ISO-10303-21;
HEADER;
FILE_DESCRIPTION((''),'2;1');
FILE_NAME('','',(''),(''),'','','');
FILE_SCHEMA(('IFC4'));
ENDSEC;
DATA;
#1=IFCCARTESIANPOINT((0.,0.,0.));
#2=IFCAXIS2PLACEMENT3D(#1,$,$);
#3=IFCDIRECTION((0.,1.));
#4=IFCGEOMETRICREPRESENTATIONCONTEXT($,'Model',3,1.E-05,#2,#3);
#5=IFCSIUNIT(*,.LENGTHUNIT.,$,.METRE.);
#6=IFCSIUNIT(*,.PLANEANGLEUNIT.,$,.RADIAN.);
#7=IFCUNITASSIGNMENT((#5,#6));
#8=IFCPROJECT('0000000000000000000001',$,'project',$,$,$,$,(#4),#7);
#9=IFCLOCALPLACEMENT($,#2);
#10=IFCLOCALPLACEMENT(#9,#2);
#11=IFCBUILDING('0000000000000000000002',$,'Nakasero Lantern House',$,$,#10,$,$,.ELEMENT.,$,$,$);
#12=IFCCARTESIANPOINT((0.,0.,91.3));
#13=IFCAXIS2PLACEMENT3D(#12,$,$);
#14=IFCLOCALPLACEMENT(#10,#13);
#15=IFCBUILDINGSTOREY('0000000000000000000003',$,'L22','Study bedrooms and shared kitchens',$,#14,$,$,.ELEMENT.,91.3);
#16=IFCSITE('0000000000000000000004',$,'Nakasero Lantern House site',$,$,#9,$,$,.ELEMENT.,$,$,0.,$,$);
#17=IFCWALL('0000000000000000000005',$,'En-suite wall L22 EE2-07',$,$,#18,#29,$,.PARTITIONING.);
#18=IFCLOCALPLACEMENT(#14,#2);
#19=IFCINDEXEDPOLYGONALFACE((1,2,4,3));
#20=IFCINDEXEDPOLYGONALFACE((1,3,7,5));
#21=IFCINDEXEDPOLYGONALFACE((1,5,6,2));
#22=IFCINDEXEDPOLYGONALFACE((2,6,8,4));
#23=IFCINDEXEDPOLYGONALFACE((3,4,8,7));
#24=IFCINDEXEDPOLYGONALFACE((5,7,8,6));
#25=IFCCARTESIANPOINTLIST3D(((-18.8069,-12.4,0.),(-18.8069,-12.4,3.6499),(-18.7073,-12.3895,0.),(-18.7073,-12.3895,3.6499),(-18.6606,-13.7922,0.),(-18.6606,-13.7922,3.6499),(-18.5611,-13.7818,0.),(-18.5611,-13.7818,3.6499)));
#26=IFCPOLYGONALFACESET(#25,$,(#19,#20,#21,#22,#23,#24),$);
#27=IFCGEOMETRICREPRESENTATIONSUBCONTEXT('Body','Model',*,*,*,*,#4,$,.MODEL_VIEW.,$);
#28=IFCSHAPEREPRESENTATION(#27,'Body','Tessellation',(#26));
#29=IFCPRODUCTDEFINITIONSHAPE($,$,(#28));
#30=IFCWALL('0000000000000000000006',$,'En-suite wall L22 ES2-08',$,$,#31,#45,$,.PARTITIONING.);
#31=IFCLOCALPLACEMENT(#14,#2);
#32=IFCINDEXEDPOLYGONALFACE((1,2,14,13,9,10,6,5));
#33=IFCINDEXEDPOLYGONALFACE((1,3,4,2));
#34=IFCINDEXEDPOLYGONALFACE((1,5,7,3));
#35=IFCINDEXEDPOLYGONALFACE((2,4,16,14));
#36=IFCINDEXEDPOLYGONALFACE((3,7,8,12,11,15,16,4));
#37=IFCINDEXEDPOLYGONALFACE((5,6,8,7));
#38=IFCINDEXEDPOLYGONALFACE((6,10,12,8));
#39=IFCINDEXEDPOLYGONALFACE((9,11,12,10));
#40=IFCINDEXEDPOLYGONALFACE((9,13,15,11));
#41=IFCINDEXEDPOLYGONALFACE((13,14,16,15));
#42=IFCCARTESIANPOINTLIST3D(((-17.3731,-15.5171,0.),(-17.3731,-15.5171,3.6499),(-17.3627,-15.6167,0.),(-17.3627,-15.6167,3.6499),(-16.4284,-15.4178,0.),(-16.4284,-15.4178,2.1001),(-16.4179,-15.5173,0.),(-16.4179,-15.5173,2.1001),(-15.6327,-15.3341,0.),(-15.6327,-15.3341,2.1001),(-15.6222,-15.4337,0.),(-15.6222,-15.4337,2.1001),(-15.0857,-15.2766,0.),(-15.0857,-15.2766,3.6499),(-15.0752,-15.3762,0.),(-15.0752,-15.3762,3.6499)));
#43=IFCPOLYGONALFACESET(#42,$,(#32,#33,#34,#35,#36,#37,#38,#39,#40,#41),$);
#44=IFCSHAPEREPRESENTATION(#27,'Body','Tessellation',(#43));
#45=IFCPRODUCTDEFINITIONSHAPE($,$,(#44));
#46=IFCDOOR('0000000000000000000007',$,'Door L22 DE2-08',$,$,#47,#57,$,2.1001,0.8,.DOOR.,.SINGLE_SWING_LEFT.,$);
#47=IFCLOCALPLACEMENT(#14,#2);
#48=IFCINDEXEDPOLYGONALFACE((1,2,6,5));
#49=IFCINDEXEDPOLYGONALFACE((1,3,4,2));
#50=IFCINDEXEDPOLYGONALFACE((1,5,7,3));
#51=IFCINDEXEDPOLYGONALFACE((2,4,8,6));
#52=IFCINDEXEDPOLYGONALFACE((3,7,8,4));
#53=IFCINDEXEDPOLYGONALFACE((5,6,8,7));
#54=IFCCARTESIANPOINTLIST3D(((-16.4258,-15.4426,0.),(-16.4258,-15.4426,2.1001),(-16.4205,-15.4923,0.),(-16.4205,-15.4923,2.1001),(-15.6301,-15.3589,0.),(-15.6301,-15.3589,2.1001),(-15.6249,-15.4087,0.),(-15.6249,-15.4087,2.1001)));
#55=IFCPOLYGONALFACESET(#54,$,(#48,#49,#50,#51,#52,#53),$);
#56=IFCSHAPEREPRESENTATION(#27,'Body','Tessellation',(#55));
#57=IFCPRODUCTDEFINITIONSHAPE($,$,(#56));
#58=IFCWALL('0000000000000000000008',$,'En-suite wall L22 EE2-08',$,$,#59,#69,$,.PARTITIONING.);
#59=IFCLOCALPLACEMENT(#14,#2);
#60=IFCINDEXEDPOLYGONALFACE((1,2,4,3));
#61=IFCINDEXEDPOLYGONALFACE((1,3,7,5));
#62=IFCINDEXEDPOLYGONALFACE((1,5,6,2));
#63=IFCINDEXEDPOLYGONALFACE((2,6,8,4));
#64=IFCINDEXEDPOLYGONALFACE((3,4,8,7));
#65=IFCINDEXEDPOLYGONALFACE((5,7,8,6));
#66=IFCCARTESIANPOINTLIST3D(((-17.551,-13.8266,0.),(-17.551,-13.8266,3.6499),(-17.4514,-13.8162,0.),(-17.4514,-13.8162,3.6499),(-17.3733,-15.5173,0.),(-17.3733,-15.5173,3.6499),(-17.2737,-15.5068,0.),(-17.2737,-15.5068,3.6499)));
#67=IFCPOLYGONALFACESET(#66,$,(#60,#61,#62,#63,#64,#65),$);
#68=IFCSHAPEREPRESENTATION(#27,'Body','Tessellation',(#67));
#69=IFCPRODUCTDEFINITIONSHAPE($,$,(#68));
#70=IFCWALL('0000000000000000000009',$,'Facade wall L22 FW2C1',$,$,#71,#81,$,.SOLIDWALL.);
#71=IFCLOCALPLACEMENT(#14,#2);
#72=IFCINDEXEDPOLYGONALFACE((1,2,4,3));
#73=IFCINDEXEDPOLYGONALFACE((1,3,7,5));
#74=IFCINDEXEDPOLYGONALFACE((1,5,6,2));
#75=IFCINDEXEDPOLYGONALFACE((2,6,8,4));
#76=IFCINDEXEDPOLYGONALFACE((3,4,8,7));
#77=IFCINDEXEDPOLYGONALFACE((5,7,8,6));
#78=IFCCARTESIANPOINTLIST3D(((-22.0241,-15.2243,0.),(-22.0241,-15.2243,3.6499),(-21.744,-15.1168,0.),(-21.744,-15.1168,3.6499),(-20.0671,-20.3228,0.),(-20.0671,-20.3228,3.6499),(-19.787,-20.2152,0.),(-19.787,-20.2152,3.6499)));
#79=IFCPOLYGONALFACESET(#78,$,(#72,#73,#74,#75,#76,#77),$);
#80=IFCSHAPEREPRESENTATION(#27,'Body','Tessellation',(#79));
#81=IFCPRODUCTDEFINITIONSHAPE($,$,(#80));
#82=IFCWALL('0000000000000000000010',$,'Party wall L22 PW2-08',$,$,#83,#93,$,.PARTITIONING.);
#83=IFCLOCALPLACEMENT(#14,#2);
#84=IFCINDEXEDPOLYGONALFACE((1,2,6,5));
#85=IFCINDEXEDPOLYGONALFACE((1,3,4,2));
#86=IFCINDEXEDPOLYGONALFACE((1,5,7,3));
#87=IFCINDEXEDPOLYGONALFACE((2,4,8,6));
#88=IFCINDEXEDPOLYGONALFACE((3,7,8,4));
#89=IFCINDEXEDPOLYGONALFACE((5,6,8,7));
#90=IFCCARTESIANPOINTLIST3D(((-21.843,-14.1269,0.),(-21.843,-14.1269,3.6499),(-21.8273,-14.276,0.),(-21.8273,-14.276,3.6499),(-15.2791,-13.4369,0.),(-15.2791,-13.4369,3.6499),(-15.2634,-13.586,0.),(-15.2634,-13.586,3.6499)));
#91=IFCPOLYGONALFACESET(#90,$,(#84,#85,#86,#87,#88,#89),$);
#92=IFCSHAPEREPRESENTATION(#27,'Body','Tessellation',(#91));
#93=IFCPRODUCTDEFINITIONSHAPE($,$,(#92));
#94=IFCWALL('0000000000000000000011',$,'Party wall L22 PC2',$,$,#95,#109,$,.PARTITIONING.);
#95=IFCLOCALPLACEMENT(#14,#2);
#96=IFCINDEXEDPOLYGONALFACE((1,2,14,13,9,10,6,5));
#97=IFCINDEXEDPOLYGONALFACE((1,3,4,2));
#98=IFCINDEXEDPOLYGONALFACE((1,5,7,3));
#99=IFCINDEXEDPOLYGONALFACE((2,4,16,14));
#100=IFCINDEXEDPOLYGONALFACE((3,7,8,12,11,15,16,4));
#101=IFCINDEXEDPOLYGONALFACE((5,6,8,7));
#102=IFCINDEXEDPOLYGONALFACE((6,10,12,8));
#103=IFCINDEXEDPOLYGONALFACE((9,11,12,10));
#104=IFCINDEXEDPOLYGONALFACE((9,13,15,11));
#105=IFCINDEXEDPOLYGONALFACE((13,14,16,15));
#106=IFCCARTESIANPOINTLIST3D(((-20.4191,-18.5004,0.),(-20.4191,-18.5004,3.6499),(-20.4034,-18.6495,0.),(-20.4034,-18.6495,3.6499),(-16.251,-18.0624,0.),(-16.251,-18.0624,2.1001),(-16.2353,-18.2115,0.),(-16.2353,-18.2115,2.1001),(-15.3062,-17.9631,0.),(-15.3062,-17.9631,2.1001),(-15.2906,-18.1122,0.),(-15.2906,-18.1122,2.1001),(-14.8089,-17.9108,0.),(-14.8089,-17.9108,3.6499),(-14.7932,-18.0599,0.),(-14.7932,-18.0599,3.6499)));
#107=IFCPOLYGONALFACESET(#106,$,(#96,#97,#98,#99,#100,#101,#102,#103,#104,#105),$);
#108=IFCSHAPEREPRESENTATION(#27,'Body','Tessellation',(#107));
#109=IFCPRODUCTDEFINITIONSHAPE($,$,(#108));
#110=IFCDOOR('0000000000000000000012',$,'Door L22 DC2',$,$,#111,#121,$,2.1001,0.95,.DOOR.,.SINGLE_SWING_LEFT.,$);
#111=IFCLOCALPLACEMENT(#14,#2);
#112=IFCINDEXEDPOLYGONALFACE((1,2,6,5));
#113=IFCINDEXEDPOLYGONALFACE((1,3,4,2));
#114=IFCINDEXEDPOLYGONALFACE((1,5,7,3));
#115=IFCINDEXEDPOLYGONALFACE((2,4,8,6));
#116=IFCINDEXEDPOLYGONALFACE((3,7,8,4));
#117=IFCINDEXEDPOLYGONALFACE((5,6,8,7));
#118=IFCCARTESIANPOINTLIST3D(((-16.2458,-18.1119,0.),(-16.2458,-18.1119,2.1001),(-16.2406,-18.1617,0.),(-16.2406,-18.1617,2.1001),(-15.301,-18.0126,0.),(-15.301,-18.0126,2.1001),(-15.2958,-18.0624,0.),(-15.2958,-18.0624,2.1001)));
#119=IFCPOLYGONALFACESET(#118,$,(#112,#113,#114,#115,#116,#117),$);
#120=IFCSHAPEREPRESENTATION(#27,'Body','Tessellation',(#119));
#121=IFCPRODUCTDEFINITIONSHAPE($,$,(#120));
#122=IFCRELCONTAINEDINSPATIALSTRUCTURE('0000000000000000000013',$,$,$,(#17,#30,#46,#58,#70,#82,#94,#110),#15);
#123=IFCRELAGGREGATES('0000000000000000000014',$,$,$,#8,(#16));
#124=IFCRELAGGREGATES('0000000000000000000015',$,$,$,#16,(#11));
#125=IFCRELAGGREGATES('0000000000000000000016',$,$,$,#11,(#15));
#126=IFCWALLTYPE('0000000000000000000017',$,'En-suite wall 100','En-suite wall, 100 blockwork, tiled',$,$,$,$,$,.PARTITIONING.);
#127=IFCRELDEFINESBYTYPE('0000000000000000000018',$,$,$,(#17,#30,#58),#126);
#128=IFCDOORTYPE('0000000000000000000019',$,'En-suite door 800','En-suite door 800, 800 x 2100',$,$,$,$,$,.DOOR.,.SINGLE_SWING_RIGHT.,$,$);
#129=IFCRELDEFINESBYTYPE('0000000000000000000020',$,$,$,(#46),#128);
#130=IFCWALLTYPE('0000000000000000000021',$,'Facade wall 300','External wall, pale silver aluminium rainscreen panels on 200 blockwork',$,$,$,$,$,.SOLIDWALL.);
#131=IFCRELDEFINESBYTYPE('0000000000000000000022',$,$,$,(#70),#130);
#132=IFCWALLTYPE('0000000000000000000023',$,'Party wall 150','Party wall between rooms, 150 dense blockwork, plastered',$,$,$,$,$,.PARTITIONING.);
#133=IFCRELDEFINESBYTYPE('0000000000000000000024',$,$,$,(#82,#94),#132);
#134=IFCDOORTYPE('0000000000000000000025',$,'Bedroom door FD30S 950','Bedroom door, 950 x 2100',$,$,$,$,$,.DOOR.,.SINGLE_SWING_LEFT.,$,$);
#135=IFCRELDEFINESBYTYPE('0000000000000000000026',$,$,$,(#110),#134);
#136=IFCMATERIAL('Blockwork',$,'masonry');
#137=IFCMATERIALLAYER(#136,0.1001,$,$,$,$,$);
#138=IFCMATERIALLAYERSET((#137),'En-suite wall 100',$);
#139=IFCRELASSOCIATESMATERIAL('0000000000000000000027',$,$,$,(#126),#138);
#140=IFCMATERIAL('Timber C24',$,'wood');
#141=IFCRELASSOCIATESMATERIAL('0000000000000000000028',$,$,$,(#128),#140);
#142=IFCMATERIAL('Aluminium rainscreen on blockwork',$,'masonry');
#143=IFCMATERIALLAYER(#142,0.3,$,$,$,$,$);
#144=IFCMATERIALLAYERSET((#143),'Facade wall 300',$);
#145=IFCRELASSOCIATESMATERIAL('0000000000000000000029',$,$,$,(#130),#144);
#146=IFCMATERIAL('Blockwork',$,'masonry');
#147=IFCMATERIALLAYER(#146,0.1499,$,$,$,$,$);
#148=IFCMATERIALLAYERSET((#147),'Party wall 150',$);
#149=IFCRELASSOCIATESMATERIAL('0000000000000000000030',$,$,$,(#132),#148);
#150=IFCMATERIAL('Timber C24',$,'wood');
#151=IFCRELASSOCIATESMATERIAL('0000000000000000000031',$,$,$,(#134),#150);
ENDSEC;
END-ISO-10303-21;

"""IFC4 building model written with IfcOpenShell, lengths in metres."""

from ifc_helpers import new_model, si_unit, direction, frame, frame_2d, origin, place, context, subcontext, project, spatial, rectangle, extrude, material, layer, layer_set, type_object, element, fill, save


model = new_model("IFC4")

# Units and contexts
model_context = context("Model", 3, precision=1e-05, world=origin(), true_north=direction((0.0, 1.0)))
body_context = subcontext(model_context, "Body", "Model", "MODEL_VIEW")
ifc_project = project(units=[si_unit("LENGTHUNIT", "METRE"), si_unit("PLANEANGLEUNIT", "RADIAN")], contexts=[model_context])

# Site, building, storey
site_placement = place(None, origin())
site = spatial("IfcSite", under=ifc_project, at=site_placement, Name="Nakasero Lantern House site", CompositionType="ELEMENT", RefElevation=0.0)
building_placement = place(site_placement, origin())
building = spatial("IfcBuilding", under=site, at=building_placement, Name="Nakasero Lantern House", CompositionType="ELEMENT")
storey_placement = place(building_placement, frame((0.0, 0.0, 91.3)))
storey = spatial("IfcBuildingStorey", under=building, at=storey_placement, Name="L22", Description="Study bedrooms and shared kitchens", CompositionType="ELEMENT", Elevation=91.3)

# Wall
ifc_material_1 = material(Name="Blockwork", Category="masonry")
ifc_layer_1 = layer(ifc_material_1, 0.1001)
ifc_layer_set_1 = layer_set([ifc_layer_1], Name="En-suite wall 100")
wall_type_1 = type_object("IfcWallType", Name="En-suite wall 100", Description="En-suite wall, 100 blockwork, tiled", PredefinedType="PARTITIONING", material=ifc_layer_set_1)
wall_1_placement = place(storey_placement, frame((-18.7571, -12.3948, 0.0), z_axis=(0.0, 0.0, 1.0), x_axis=(0.104458, -0.994529, 0.0)))
element("IfcWall", 1, at=wall_1_placement, inside=storey, type_object=wall_type_1, Name="En-suite wall L22 EE2-07", PredefinedType="PARTITIONING", context=body_context, shape_type="SweptSolid", body=[
    extrude(rectangle(XDim=1.3999, YDim=0.1001, at=frame_2d((0.7, 0.0))), origin(), (0.0, 0.0, 1.0), 3.6499),
])

# Wall, opening, door
wall_2_placement = place(storey_placement, frame((-15.0806, -15.3264, 0.0), z_axis=(0.0, 0.0, 1.0), x_axis=(-0.994519, -0.104558, 0.0)))
wall_2 = element("IfcWall", 2, at=wall_2_placement, inside=storey, type_object=wall_type_1, Name="En-suite wall L22 ES2-08", PredefinedType="PARTITIONING", context=body_context, shape_type="SweptSolid", body=[
    extrude(rectangle(XDim=2.3, YDim=0.1001, at=frame_2d((1.1499, 0.0))), origin(), (0.0, 0.0, 1.0), 3.6499),
])
opening_1_placement = place(wall_2_placement, frame((0.55, 0.0, 0.0)))
opening_1 = element("IfcOpeningElement", 3, at=opening_1_placement, cuts=wall_2, PredefinedType="OPENING", context=body_context, shape_type="SweptSolid", body=[
    extrude(rectangle(XDim=0.8, YDim=2.1001, at=frame_2d((0.3999, 1.05))), frame((0.0, 0.0701, 0.0), z_axis=(0.0, -1.0, 0.0), x_axis=(1.0, 0.0, 0.0)), (0.0, 0.0, 1.0), 0.1401),
])
ifc_material_2 = material(Name="Timber C24", Category="wood")
door_type_1 = type_object("IfcDoorType", Name="En-suite door 800", Description="En-suite door 800, 800 x 2100", OperationType="SINGLE_SWING_RIGHT", PredefinedType="DOOR", material=ifc_material_2)
door_1_placement = place(opening_1_placement, origin())
door_1 = element("IfcDoor", 4, at=door_1_placement, inside=storey, type_object=door_type_1, Name="Door L22 DE2-08", OperationType="SINGLE_SWING_LEFT", OverallHeight=2.1001, OverallWidth=0.8, PredefinedType="DOOR", context=body_context, shape_type="SweptSolid", body=[
    extrude(rectangle(XDim=0.8, YDim=2.1001, at=frame_2d((0.3999, 1.05))), frame((0.0, 0.0249, 0.0), z_axis=(0.0, -1.0, 0.0), x_axis=(1.0, 0.0, 0.0)), (0.0, 0.0, 1.0), 0.05),
])
fill(opening_1, door_1)

# Walls
wall_3_placement = place(storey_placement, frame((-17.5012, -13.8213, 0.0), z_axis=(0.0, 0.0, 1.0), x_axis=(0.10455, -0.99452, 0.0)))
element("IfcWall", 5, at=wall_3_placement, inside=storey, type_object=wall_type_1, Name="En-suite wall L22 EE2-08", PredefinedType="PARTITIONING", context=body_context, shape_type="SweptSolid", body=[
    extrude(rectangle(XDim=1.7, YDim=0.1001, at=frame_2d((0.8501, 0.0))), origin(), (0.0, 0.0, 1.0), 3.6499),
])
ifc_material_3 = material(Name="Aluminium rainscreen on blockwork", Category="masonry")
ifc_layer_2 = layer(ifc_material_3, 0.3)
ifc_layer_set_2 = layer_set([ifc_layer_2], Name="Facade wall 300")
wall_type_2 = type_object("IfcWallType", Name="Facade wall 300", Description="External wall, pale silver aluminium rainscreen panels on 200 blockwork", PredefinedType="SOLIDWALL", material=ifc_layer_set_2)
wall_4_placement = place(storey_placement, frame((-21.884, -15.1707, 0.0), z_axis=(0.0, 0.0, 1.0), x_axis=(0.358359, -0.933584, 0.0)))
element("IfcWall", 6, at=wall_4_placement, inside=storey, type_object=wall_type_2, Name="Facade wall L22 FW2C1", PredefinedType="SOLIDWALL", context=body_context, shape_type="SweptSolid", body=[
    extrude(rectangle(XDim=5.4612, YDim=0.3, at=frame_2d((2.7305, 0.0))), origin(), (0.0, 0.0, 1.0), 3.6499),
])
ifc_material_4 = material(Name="Blockwork", Category="masonry")
ifc_layer_3 = layer(ifc_material_4, 0.1499)
ifc_layer_set_3 = layer_set([ifc_layer_3], Name="Party wall 150")
wall_type_3 = type_object("IfcWallType", Name="Party wall 150", Description="Party wall between rooms, 150 dense blockwork, plastered", PredefinedType="PARTITIONING", material=ifc_layer_set_3)
wall_5_placement = place(storey_placement, frame((-15.2712, -13.5115, 0.0), z_axis=(0.0, 0.0, 1.0), x_axis=(-0.994521, -0.104535, 0.0)))
element("IfcWall", 7, at=wall_5_placement, inside=storey, type_object=wall_type_3, Name="Party wall L22 PW2-08", PredefinedType="PARTITIONING", context=body_context, shape_type="SweptSolid", body=[
    extrude(rectangle(XDim=6.6001, YDim=0.1499, at=frame_2d((3.3, 0.0))), origin(), (0.0, 0.0, 1.0), 3.6499),
])

# Wall, opening, door
wall_6_placement = place(storey_placement, frame((-14.801, -17.9854, 0.0), z_axis=(0.0, 0.0, 1.0), x_axis=(-0.994523, -0.10452, 0.0)))
wall_6 = element("IfcWall", 8, at=wall_6_placement, inside=storey, type_object=wall_type_3, Name="Party wall L22 PC2", PredefinedType="PARTITIONING", context=body_context, shape_type="SweptSolid", body=[
    extrude(rectangle(XDim=5.6411, YDim=0.1499, at=frame_2d((2.8206, 0.0))), origin(), (0.0, 0.0, 1.0), 3.6499),
])
opening_2_placement = place(wall_6_placement, frame((0.5, 0.0, 0.0)))
opening_2 = element("IfcOpeningElement", 9, at=opening_2_placement, cuts=wall_6, PredefinedType="OPENING", context=body_context, shape_type="SweptSolid", body=[
    extrude(rectangle(XDim=0.95, YDim=2.1001, at=frame_2d((0.4751, 1.05))), frame((0.0, 0.095, 0.0), z_axis=(0.0, -1.0, 0.0), x_axis=(1.0, 0.0, 0.0)), (0.0, 0.0, 1.0), 0.1899),
])
ifc_material_5 = material(Name="Timber C24", Category="wood")
door_type_2 = type_object("IfcDoorType", Name="Bedroom door FD30S 950", Description="Bedroom door, 950 x 2100", OperationType="SINGLE_SWING_LEFT", PredefinedType="DOOR", material=ifc_material_5)
door_2_placement = place(opening_2_placement, origin())
door_2 = element("IfcDoor", 10, at=door_2_placement, inside=storey, type_object=door_type_2, Name="Door L22 DC2", OperationType="SINGLE_SWING_LEFT", OverallHeight=2.1001, OverallWidth=0.95, PredefinedType="DOOR", context=body_context, shape_type="SweptSolid", body=[
    extrude(rectangle(XDim=0.95, YDim=2.1001, at=frame_2d((0.4751, 1.05))), frame((0.0, 0.0249, 0.0), z_axis=(0.0, -1.0, 0.0), x_axis=(1.0, 0.0, 0.0)), (0.0, 0.0, 1.0), 0.05),
])
fill(opening_2, door_2)

save(model, "model.ifc")
